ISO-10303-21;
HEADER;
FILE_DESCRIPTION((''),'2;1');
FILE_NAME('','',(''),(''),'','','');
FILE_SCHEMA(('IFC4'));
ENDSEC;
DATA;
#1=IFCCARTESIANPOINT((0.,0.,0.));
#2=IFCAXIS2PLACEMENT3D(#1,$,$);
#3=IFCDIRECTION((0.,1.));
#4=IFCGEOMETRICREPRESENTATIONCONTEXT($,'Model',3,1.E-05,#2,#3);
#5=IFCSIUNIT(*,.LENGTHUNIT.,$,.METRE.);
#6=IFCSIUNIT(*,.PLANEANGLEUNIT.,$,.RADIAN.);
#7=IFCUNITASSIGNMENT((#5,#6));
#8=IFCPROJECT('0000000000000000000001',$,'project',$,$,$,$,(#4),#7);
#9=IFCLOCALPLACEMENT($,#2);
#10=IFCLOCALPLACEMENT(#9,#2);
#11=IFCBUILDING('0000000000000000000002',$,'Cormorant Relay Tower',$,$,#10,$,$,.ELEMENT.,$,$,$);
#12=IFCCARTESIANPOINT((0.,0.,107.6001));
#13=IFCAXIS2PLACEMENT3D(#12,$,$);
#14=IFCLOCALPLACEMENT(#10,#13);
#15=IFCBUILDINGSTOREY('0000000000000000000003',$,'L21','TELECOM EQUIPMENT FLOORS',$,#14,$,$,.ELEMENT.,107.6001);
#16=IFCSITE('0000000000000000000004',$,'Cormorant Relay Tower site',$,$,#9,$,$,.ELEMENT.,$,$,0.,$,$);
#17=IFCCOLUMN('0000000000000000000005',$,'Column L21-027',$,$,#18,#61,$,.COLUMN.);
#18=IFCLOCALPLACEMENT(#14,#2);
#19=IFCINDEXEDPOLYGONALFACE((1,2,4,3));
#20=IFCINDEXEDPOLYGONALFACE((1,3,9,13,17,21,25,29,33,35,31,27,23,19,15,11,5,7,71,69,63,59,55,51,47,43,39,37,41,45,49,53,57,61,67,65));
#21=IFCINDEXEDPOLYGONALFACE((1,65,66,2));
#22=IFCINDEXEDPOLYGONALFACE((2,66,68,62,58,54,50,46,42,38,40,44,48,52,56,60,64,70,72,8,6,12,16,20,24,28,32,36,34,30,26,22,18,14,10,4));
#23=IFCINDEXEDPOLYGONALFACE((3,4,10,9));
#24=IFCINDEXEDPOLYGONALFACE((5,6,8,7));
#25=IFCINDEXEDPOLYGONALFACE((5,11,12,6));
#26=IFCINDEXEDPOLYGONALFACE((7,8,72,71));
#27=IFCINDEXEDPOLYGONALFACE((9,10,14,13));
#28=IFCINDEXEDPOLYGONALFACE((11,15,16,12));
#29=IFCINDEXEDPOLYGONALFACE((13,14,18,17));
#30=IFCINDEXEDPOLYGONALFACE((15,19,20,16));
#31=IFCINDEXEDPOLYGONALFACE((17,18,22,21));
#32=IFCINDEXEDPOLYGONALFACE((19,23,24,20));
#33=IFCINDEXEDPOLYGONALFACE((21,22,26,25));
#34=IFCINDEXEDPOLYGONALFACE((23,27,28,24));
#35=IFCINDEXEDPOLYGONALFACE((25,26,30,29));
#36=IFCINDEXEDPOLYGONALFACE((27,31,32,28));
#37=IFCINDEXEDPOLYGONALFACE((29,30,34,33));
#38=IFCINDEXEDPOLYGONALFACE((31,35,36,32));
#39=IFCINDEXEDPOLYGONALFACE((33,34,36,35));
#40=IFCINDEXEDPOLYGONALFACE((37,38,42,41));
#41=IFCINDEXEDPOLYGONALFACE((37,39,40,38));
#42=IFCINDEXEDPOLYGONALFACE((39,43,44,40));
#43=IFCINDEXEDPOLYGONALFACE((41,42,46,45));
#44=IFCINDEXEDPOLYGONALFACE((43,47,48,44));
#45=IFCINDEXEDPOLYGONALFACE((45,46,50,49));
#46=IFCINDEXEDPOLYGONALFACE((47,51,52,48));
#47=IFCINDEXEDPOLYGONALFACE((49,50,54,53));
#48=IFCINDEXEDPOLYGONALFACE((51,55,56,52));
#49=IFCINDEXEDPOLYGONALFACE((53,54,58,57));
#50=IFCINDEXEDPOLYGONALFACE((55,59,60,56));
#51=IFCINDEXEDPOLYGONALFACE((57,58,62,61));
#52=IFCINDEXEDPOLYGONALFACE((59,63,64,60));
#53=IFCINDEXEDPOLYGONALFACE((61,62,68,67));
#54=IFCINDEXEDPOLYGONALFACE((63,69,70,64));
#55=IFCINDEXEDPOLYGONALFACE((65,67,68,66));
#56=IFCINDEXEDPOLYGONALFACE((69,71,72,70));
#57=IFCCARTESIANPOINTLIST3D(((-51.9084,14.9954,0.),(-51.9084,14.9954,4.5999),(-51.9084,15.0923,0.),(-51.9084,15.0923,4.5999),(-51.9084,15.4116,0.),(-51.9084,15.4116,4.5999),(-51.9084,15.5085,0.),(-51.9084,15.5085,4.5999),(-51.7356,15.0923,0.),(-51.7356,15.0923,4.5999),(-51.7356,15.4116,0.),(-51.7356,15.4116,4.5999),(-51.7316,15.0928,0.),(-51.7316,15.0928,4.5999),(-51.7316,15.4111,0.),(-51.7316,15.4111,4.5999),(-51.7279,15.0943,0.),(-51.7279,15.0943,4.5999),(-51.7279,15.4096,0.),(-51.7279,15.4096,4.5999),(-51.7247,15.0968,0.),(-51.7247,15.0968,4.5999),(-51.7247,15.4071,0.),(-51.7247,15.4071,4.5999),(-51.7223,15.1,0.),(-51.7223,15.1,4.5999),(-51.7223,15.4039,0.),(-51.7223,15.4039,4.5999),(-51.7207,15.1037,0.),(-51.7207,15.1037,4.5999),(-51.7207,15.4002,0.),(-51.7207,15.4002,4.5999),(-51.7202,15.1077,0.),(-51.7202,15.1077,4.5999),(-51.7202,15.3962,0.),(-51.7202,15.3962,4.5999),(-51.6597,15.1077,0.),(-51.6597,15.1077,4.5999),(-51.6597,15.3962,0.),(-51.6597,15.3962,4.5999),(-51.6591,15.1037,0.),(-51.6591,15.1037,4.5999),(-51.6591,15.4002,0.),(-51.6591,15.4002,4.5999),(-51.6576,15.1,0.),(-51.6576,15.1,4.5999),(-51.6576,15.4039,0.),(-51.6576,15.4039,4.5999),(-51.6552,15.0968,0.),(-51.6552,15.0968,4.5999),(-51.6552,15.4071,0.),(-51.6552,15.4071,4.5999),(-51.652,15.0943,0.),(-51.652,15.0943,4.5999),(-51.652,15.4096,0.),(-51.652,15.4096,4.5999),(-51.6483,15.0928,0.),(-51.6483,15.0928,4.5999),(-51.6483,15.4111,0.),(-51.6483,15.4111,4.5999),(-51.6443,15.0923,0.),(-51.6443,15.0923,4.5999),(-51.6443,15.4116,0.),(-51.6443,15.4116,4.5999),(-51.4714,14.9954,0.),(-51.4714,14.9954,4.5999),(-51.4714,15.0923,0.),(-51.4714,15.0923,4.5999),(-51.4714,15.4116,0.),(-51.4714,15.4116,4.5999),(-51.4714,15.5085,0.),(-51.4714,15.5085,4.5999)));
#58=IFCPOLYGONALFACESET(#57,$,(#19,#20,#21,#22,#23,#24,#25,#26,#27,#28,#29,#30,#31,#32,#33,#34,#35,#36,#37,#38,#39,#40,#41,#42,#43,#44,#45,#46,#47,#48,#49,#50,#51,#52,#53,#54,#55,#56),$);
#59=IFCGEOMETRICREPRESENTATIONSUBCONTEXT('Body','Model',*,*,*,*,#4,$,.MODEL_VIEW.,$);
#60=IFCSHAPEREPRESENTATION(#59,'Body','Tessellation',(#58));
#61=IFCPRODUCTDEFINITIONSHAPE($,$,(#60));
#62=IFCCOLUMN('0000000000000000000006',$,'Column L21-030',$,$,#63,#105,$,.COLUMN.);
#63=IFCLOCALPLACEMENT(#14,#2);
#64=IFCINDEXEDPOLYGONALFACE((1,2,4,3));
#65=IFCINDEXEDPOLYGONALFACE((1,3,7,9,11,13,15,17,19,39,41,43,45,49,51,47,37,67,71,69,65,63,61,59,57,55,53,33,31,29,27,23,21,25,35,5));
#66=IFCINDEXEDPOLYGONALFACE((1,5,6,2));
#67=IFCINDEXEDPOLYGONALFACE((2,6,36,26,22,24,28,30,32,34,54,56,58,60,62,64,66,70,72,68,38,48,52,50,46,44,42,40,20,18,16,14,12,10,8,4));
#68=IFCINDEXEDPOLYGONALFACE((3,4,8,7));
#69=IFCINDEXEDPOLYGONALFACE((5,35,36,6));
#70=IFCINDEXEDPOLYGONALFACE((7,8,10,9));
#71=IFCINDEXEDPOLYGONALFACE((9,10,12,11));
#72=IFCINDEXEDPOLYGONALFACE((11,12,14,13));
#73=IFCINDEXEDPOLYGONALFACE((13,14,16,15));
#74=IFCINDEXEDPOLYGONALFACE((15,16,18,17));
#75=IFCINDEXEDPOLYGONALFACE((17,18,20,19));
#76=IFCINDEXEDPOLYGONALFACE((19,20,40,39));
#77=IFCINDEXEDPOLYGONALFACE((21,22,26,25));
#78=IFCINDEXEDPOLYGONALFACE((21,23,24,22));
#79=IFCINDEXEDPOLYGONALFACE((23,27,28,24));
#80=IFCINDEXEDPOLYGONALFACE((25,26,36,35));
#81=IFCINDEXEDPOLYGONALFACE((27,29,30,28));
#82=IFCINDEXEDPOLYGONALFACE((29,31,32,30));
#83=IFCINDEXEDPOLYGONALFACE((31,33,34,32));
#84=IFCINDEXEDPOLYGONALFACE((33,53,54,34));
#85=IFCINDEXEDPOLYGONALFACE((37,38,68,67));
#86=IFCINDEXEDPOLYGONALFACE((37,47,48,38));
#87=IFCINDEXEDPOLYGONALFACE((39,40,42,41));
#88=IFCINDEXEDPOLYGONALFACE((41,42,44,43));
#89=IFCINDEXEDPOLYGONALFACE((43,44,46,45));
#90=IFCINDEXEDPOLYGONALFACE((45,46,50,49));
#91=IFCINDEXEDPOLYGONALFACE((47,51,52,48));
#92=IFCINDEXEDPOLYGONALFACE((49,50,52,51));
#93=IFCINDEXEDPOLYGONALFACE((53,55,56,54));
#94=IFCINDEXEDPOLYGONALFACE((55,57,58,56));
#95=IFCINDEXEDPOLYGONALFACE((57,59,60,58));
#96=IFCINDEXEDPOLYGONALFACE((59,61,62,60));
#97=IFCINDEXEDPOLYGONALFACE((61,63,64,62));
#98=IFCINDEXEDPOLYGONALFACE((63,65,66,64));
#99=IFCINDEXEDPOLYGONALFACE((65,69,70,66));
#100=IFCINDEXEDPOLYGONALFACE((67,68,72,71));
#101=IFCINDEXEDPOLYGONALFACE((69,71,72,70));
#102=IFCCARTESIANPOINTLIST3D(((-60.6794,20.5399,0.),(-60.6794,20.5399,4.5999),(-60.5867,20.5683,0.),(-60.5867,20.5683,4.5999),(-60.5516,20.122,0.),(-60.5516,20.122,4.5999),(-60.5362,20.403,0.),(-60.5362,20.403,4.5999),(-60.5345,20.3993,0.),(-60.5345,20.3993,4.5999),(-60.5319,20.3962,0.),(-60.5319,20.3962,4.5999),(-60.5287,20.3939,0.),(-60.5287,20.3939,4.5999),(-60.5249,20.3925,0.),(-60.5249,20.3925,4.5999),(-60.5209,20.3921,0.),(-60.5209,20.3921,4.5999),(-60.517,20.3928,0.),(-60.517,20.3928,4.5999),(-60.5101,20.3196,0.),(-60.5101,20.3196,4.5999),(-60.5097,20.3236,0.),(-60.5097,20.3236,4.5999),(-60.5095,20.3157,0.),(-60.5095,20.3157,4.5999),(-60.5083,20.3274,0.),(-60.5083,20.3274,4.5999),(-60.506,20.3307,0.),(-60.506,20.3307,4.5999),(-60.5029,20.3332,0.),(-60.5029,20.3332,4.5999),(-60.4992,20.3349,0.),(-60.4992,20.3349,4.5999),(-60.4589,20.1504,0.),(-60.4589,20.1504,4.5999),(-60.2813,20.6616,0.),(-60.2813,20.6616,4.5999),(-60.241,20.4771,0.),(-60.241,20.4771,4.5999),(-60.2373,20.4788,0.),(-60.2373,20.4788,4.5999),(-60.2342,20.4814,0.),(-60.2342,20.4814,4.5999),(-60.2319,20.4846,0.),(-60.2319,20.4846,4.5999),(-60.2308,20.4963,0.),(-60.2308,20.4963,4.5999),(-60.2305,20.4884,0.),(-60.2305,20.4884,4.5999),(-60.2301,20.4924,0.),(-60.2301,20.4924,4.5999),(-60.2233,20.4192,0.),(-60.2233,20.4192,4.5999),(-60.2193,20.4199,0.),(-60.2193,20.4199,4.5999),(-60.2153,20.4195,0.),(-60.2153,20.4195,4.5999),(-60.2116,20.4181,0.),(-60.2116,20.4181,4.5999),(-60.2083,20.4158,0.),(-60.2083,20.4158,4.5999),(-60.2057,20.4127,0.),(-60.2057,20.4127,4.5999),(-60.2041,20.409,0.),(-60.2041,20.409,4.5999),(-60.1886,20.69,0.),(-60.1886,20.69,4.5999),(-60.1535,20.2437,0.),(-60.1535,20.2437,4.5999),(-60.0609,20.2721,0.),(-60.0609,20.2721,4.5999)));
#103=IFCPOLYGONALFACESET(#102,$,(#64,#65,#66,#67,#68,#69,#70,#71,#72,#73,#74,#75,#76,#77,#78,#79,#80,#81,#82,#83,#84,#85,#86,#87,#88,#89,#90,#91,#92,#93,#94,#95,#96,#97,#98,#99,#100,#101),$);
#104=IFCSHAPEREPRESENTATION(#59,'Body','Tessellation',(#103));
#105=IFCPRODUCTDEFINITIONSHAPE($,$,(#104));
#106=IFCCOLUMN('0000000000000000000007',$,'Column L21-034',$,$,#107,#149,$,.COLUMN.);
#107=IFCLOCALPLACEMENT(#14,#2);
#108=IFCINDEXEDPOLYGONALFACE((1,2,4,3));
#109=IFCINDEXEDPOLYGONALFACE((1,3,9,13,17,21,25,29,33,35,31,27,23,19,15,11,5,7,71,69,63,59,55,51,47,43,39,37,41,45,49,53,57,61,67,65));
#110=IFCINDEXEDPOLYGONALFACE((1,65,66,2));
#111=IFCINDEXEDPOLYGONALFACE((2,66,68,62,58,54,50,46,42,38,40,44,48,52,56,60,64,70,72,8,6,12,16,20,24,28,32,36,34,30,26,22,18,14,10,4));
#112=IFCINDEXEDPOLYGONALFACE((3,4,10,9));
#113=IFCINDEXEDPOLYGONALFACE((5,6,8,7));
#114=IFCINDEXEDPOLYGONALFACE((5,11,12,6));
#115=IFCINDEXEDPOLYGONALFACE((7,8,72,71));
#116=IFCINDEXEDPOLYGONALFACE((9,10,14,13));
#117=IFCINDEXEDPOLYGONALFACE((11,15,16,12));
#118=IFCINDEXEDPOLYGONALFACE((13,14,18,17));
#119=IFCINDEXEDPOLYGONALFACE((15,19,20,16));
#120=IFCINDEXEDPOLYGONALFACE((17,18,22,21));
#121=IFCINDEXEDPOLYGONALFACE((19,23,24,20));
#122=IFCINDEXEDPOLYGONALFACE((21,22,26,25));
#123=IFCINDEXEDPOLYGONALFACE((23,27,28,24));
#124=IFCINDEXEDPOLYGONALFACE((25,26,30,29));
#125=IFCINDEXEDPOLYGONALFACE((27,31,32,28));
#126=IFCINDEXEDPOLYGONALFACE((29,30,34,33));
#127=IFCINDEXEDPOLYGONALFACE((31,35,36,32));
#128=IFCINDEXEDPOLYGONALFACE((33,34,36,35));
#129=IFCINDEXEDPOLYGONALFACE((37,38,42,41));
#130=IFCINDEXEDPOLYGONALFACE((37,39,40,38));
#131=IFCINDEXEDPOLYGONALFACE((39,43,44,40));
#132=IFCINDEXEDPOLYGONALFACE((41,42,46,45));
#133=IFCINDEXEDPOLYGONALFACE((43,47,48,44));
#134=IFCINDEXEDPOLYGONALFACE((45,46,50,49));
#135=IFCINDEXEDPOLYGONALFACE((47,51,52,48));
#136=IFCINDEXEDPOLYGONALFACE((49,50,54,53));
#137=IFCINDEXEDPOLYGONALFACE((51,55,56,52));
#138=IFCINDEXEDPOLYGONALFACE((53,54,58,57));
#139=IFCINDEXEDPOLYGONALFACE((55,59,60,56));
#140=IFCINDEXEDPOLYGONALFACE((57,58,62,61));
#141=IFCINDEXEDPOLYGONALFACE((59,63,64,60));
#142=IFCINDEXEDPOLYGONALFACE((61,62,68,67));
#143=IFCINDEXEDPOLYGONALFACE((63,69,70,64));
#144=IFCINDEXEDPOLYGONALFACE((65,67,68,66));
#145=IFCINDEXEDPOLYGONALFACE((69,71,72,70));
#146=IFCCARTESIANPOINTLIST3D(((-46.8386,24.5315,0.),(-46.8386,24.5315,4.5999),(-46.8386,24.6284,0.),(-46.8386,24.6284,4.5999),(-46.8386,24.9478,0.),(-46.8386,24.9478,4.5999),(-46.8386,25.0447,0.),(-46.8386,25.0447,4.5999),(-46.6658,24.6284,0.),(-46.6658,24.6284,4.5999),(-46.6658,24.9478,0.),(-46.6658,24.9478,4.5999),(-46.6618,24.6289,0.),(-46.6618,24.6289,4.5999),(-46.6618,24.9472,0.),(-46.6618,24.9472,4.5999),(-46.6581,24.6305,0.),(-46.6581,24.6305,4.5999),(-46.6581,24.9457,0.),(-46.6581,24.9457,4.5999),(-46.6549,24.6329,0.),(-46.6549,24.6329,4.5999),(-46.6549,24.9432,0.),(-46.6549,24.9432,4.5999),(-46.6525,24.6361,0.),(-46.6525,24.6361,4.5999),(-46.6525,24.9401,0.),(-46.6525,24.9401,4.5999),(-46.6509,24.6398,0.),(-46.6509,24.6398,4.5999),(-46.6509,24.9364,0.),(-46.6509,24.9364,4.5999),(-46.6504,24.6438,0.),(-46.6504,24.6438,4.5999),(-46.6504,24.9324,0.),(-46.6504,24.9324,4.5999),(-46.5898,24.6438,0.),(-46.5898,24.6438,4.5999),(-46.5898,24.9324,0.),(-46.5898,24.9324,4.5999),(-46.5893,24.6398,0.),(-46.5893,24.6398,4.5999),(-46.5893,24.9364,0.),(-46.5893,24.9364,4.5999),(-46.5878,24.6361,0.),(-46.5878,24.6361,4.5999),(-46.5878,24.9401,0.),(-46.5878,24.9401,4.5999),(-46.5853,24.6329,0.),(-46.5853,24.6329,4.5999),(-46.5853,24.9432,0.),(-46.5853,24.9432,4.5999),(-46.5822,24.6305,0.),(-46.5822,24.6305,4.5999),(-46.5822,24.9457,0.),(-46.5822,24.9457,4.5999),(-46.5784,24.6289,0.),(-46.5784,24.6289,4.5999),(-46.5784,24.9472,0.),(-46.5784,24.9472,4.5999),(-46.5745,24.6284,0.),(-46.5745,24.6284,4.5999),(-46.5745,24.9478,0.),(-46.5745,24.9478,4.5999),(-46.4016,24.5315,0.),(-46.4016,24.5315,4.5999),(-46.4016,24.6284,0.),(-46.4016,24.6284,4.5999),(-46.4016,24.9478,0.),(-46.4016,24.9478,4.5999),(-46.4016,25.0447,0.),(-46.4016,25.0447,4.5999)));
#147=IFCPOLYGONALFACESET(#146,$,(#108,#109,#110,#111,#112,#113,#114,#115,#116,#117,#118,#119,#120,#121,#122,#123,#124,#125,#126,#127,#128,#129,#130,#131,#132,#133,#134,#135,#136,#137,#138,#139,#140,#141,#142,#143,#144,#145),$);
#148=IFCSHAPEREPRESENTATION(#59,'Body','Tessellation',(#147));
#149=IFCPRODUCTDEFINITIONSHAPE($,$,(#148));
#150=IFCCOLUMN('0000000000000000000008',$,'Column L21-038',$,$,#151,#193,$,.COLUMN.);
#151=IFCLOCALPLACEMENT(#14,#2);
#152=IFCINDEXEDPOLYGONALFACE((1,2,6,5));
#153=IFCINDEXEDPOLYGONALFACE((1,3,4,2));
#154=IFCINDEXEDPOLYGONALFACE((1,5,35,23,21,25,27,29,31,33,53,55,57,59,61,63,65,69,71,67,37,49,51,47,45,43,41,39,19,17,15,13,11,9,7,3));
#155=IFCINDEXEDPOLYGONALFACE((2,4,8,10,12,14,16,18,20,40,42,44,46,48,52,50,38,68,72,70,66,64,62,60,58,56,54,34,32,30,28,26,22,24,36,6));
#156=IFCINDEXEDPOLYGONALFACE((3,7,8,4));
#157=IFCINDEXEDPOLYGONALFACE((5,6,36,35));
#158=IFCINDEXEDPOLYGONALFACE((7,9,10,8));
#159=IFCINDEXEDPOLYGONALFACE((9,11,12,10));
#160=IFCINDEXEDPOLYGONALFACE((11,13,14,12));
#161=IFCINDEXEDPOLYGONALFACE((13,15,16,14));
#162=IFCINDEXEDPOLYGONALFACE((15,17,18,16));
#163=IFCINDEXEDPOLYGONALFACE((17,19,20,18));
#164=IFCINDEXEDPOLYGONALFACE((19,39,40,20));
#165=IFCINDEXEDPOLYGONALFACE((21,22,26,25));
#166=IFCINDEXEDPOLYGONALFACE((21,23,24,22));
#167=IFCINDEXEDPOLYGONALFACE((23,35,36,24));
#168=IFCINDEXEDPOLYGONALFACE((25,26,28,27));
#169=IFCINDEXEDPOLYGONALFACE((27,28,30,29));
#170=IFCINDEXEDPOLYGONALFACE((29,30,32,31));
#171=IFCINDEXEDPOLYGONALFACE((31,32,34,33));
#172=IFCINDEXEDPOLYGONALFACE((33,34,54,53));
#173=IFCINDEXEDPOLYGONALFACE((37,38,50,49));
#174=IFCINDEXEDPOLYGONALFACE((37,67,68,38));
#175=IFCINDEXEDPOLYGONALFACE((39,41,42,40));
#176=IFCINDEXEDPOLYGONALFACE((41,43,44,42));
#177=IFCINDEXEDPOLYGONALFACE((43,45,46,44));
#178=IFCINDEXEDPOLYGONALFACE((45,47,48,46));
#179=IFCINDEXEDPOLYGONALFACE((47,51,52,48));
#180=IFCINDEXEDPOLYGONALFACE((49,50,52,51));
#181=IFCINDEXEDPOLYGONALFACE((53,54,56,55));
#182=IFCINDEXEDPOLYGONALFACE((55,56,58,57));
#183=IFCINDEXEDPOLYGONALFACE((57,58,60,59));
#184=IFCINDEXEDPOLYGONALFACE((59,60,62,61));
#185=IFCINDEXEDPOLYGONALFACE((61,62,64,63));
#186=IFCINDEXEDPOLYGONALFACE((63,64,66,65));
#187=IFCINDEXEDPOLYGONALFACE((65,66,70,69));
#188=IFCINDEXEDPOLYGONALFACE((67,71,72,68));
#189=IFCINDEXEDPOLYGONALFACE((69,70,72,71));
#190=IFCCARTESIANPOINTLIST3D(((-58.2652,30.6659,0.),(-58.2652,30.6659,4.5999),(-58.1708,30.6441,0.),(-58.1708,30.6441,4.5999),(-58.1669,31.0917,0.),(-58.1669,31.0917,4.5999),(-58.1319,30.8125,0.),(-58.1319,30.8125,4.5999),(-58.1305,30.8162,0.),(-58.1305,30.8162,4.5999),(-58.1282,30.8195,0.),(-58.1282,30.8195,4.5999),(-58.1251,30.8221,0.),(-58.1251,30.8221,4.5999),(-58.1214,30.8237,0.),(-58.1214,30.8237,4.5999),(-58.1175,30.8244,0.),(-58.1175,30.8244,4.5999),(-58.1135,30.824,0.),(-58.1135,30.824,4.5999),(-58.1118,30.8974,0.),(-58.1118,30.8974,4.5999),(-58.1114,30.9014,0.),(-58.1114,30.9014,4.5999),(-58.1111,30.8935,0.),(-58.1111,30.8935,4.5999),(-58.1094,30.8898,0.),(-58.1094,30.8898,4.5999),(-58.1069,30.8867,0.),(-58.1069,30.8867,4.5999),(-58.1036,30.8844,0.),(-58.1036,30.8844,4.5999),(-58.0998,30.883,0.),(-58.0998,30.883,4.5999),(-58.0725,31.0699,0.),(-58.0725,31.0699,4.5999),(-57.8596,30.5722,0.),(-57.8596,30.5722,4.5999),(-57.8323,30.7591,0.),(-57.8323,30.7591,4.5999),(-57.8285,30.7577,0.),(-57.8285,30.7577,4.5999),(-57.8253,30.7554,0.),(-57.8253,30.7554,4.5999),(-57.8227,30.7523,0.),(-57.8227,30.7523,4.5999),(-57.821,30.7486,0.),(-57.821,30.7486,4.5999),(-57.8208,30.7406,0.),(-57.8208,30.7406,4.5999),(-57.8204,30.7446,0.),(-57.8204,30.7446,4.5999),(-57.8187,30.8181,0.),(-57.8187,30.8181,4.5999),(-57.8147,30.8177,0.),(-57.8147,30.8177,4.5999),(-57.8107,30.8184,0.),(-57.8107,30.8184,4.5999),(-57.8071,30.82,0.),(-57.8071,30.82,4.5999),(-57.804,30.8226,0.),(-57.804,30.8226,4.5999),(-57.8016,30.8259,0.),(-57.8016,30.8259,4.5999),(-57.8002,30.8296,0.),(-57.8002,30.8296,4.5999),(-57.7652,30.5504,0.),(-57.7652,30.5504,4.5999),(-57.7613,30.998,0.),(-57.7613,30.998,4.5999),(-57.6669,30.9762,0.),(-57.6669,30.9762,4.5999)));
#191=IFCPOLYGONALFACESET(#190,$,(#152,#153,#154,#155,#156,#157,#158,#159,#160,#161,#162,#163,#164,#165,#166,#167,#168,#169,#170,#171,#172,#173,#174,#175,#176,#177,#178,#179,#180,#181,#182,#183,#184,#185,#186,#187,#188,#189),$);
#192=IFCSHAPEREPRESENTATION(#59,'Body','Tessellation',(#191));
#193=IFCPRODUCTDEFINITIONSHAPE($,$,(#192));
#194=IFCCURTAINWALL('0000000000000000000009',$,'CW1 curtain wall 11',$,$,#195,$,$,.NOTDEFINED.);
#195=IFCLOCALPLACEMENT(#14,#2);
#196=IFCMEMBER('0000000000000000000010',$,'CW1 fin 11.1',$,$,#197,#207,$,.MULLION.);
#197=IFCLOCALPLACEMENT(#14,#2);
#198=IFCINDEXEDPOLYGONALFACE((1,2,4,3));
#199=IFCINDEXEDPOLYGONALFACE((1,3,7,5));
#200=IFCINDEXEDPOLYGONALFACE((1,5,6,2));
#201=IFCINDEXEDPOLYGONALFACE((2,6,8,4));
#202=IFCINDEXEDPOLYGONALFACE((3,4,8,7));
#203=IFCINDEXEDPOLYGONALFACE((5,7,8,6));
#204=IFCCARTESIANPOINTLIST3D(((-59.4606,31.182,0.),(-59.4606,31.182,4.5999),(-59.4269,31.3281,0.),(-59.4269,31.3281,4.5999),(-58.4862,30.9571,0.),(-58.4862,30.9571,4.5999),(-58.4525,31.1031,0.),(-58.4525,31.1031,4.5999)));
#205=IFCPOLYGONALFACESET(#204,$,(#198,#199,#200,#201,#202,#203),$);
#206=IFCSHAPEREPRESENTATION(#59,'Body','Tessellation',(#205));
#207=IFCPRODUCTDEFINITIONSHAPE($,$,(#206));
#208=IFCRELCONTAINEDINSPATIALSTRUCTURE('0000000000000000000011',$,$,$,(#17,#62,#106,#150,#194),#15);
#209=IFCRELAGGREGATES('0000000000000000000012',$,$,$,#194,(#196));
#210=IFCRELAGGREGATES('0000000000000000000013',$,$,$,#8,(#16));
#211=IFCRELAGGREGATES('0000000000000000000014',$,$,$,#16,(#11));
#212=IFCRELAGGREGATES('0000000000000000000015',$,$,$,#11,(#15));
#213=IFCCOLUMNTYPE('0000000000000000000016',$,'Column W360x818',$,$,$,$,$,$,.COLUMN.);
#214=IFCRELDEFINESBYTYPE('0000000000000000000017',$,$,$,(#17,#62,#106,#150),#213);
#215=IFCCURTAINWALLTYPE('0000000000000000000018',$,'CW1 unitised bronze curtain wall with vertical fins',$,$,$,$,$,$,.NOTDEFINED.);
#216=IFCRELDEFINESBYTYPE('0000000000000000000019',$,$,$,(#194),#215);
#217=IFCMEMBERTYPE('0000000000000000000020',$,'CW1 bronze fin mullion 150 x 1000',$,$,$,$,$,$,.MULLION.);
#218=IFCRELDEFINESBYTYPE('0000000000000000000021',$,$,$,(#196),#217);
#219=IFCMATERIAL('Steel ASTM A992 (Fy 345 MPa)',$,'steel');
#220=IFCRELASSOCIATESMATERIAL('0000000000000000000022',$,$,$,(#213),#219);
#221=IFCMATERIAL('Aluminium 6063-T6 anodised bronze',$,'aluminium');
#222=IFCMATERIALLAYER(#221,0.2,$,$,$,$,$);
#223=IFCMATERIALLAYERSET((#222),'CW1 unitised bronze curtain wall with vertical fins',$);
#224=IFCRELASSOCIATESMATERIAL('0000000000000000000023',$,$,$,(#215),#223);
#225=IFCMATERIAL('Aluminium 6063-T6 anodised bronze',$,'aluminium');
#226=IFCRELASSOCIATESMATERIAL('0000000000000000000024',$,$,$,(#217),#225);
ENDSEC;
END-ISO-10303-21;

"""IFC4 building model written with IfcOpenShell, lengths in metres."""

from ifc_helpers import new_model, si_unit, direction, frame, origin, origin_2d, place, context, subcontext, project, spatial, rectangle, i_section, extrude, material, layer, layer_set, material_profile, profile_set, type_object, element, aggregate, save


model = new_model("IFC4")

# Units and contexts
model_context = context("Model", 3, precision=1e-05, world=origin(), true_north=direction((0.0, 1.0)))
body_context = subcontext(model_context, "Body", "Model", "MODEL_VIEW")
ifc_project = project(units=[si_unit("LENGTHUNIT", "METRE"), si_unit("PLANEANGLEUNIT", "RADIAN")], contexts=[model_context])

# Site, building, storey
site_placement = place(None, origin())
site = spatial("IfcSite", under=ifc_project, at=site_placement, Name="Cormorant Relay Tower site", CompositionType="ELEMENT", RefElevation=0.0)
building_placement = place(site_placement, origin())
building = spatial("IfcBuilding", under=site, at=building_placement, Name="Cormorant Relay Tower", CompositionType="ELEMENT")
storey_placement = place(building_placement, frame((0.0, 0.0, 107.6001)))
storey = spatial("IfcBuildingStorey", under=building, at=storey_placement, Name="L21", Description="TELECOM EQUIPMENT FLOORS", CompositionType="ELEMENT", Elevation=107.6001)

# Columns
ifc_material_1 = material(Name="Steel ASTM A992 (Fy 345 MPa)", Category="steel")
ifc_material_profile_1 = material_profile(ifc_material_1, i_section(OverallWidth=0.437, OverallDepth=0.5132, WebThickness=0.0605, FlangeThickness=0.0969, FilletRadius=0.0154, at=origin_2d()), Name="W360x818")
ifc_profile_set_1 = profile_set([ifc_material_profile_1], Name="Steel ASTM A992 (Fy 345 MPa)")
column_type = type_object("IfcColumnType", Name="Column W360x818", PredefinedType="COLUMN", material=ifc_profile_set_1)
for number, where, z_axis, x_axis, name in (
    (1, (-51.6899, 15.252, 0.0), (0.0, 0.0, 1.0), (1.0, 0.0, 0.0), "Column L21-027"),
    (2, (-60.3701, 20.406, 0.0), (0.0, 0.0, 1.0), (0.292372, -0.956305, 0.0), "Column L21-030"),
    (3, (-46.6201, 24.7881, 0.0), (0.0, 0.0, 1.0), (1.0, 0.0, 0.0), "Column L21-034"),
    (4, (-57.9661, 30.821, 0.0), (0.0, 0.0, 1.0), (-0.224951, -0.97437, 0.0), "Column L21-038"),
):
    element("IfcColumn", number, at=place(storey_placement, frame(where, z_axis=z_axis, x_axis=x_axis)), inside=storey, type_object=column_type, Name=name, PredefinedType="COLUMN", context=body_context, shape_type="SweptSolid", body=[
        extrude(i_section(OverallWidth=0.437, OverallDepth=0.5132, WebThickness=0.0605, FlangeThickness=0.0969, FilletRadius=0.0154, at=origin_2d()), origin(), (0.0, 0.0, 1.0), 4.5999),
    ])

# Curtain wall, member
ifc_material_2 = material(Name="Aluminium 6063-T6 anodised bronze", Category="aluminium")
ifc_layer_1 = layer(ifc_material_2, 0.2)
ifc_layer_set_1 = layer_set([ifc_layer_1], Name="CW1 unitised bronze curtain wall with vertical fins")
curtain_wall_type = type_object("IfcCurtainWallType", Name="CW1 unitised bronze curtain wall with vertical fins", PredefinedType="NOTDEFINED", material=ifc_layer_set_1)
curtain_wall_1_placement = place(storey_placement, origin())
curtain_wall_1 = element("IfcCurtainWall", 5, at=curtain_wall_1_placement, inside=storey, type_object=curtain_wall_type, Name="CW1 curtain wall 11", PredefinedType="NOTDEFINED")
ifc_material_3 = material(Name="Aluminium 6063-T6 anodised bronze", Category="aluminium")
ifc_material_profile_2 = material_profile(ifc_material_3, rectangle(XDim=0.1499, YDim=1.0, at=origin_2d()), Name="AL 150x1000")
ifc_profile_set_2 = profile_set([ifc_material_profile_2], Name="Aluminium 6063-T6 anodised bronze")
member_type_1 = type_object("IfcMemberType", Name="CW1 bronze fin mullion 150 x 1000", PredefinedType="MULLION", material=ifc_profile_set_2)
member_1_placement = place(storey_placement, frame((-58.9565, 31.1426, 0.0), z_axis=(0.0, 0.0, 1.0), x_axis=(-0.224951, -0.97437, 0.0)))
member_1 = element("IfcMember", 6, at=member_1_placement, type_object=member_type_1, Name="CW1 fin 11.1", PredefinedType="MULLION", context=body_context, shape_type="SweptSolid", body=[
    extrude(rectangle(XDim=0.1499, YDim=1.0, at=origin_2d()), origin(), (0.0, 0.0, 1.0), 4.5999),
])

aggregate(curtain_wall_1, [member_1])

save(model, "model.ifc")
